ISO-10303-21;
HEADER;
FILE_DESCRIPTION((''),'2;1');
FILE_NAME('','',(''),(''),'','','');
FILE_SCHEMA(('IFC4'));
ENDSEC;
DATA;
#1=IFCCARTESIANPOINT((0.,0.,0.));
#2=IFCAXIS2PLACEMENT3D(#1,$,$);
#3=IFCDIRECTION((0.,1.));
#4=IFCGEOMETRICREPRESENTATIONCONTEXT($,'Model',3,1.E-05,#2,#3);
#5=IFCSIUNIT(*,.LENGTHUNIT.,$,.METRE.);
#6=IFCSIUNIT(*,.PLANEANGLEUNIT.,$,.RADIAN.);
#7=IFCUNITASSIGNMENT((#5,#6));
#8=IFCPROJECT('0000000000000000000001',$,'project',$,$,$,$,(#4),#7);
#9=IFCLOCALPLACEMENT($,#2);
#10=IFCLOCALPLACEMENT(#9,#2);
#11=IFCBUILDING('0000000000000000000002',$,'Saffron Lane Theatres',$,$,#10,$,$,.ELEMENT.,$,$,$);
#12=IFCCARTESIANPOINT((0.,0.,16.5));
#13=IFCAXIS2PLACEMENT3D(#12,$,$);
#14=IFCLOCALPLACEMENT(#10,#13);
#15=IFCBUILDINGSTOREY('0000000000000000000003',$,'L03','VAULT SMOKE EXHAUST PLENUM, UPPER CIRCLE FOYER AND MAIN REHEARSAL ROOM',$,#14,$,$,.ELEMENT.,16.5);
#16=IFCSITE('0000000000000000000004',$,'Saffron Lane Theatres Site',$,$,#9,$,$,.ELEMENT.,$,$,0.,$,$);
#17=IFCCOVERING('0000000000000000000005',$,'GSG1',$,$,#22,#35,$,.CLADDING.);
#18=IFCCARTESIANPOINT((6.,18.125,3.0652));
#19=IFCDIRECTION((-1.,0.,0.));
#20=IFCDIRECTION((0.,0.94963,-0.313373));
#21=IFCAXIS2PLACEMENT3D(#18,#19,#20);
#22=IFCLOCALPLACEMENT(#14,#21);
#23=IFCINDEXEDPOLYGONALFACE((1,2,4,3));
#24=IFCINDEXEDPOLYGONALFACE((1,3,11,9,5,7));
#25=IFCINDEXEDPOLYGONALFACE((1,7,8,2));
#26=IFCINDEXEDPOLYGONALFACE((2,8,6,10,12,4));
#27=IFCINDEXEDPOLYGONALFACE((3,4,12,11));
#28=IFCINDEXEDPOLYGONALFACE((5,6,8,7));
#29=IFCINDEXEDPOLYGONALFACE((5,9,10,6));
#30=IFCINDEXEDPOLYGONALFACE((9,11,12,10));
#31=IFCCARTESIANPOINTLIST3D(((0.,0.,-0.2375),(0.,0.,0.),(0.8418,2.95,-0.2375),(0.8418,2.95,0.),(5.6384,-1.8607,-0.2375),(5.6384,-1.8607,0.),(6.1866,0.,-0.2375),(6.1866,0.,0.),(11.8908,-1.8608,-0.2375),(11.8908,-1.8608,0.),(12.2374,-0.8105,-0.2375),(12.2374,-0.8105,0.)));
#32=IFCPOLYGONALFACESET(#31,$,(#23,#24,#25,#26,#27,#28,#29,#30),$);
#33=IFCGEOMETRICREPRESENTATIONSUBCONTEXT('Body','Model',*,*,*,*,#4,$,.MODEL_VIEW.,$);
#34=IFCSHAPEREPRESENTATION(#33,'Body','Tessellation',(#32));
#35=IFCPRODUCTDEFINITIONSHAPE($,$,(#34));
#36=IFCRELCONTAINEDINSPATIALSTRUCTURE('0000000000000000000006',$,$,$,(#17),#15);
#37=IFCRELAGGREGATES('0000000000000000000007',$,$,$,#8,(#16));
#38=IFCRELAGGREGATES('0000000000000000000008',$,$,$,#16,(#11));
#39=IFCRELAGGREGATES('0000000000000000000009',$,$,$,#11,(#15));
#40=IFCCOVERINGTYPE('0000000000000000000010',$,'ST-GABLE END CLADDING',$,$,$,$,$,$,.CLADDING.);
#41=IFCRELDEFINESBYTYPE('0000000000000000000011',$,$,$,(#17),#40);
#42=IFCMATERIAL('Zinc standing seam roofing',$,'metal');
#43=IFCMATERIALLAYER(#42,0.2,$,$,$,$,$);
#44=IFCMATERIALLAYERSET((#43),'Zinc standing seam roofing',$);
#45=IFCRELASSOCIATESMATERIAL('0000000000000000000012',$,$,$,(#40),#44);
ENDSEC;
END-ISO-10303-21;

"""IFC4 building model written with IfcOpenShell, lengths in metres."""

from ifc_helpers import new_model, si_unit, direction, frame, origin, place, context, subcontext, project, spatial, polyline, outline, extrude, material, layer, layer_set, type_object, element, save


model = new_model("IFC4")

# Units and contexts
model_context = context("Model", 3, precision=1e-05, world=origin(), true_north=direction((0.0, 1.0)))
body_context = subcontext(model_context, "Body", "Model", "MODEL_VIEW")
ifc_project = project(units=[si_unit("LENGTHUNIT", "METRE"), si_unit("PLANEANGLEUNIT", "RADIAN")], contexts=[model_context])

# Site, building, storey
site_placement = place(None, origin())
site = spatial("IfcSite", under=ifc_project, at=site_placement, Name="Saffron Lane Theatres Site", CompositionType="ELEMENT", RefElevation=0.0)
building_placement = place(site_placement, origin())
building = spatial("IfcBuilding", under=site, at=building_placement, Name="Saffron Lane Theatres", CompositionType="ELEMENT")
storey_placement = place(building_placement, frame((0.0, 0.0, 16.5)))
storey = spatial("IfcBuildingStorey", under=building, at=storey_placement, Name="L03", Description="VAULT SMOKE EXHAUST PLENUM, UPPER CIRCLE FOYER AND MAIN REHEARSAL ROOM", CompositionType="ELEMENT", Elevation=16.5)

# Covering
ifc_material_1 = material(Name="Zinc standing seam roofing", Category="metal")
ifc_layer_1 = layer(ifc_material_1, 0.2)
ifc_layer_set_1 = layer_set([ifc_layer_1], Name="Zinc standing seam roofing")
covering_type_1 = type_object("IfcCoveringType", Name="ST-GABLE END CLADDING", PredefinedType="CLADDING", material=ifc_layer_set_1)
covering_1_placement = place(storey_placement, frame((6.0, 18.125, 3.0652), z_axis=(-1.0, 0.0, 0.0), x_axis=(0.0, 0.94963, -0.313373)))
element("IfcCovering", 1, at=covering_1_placement, inside=storey, type_object=covering_type_1, Name="GSG1", PredefinedType="CLADDING", context=body_context, shape_type="SweptSolid", body=[
    extrude(outline(polyline([(0.0, 0.0), (6.1866, 0.0), (5.6384, -1.8607), (11.8908, -1.8608), (12.2374, -0.8105), (0.8418, 2.95), (0.0, 0.0)])), origin(), (0.0, 0.0, -1.0), 0.2375),
])

save(model, "model.ifc")
